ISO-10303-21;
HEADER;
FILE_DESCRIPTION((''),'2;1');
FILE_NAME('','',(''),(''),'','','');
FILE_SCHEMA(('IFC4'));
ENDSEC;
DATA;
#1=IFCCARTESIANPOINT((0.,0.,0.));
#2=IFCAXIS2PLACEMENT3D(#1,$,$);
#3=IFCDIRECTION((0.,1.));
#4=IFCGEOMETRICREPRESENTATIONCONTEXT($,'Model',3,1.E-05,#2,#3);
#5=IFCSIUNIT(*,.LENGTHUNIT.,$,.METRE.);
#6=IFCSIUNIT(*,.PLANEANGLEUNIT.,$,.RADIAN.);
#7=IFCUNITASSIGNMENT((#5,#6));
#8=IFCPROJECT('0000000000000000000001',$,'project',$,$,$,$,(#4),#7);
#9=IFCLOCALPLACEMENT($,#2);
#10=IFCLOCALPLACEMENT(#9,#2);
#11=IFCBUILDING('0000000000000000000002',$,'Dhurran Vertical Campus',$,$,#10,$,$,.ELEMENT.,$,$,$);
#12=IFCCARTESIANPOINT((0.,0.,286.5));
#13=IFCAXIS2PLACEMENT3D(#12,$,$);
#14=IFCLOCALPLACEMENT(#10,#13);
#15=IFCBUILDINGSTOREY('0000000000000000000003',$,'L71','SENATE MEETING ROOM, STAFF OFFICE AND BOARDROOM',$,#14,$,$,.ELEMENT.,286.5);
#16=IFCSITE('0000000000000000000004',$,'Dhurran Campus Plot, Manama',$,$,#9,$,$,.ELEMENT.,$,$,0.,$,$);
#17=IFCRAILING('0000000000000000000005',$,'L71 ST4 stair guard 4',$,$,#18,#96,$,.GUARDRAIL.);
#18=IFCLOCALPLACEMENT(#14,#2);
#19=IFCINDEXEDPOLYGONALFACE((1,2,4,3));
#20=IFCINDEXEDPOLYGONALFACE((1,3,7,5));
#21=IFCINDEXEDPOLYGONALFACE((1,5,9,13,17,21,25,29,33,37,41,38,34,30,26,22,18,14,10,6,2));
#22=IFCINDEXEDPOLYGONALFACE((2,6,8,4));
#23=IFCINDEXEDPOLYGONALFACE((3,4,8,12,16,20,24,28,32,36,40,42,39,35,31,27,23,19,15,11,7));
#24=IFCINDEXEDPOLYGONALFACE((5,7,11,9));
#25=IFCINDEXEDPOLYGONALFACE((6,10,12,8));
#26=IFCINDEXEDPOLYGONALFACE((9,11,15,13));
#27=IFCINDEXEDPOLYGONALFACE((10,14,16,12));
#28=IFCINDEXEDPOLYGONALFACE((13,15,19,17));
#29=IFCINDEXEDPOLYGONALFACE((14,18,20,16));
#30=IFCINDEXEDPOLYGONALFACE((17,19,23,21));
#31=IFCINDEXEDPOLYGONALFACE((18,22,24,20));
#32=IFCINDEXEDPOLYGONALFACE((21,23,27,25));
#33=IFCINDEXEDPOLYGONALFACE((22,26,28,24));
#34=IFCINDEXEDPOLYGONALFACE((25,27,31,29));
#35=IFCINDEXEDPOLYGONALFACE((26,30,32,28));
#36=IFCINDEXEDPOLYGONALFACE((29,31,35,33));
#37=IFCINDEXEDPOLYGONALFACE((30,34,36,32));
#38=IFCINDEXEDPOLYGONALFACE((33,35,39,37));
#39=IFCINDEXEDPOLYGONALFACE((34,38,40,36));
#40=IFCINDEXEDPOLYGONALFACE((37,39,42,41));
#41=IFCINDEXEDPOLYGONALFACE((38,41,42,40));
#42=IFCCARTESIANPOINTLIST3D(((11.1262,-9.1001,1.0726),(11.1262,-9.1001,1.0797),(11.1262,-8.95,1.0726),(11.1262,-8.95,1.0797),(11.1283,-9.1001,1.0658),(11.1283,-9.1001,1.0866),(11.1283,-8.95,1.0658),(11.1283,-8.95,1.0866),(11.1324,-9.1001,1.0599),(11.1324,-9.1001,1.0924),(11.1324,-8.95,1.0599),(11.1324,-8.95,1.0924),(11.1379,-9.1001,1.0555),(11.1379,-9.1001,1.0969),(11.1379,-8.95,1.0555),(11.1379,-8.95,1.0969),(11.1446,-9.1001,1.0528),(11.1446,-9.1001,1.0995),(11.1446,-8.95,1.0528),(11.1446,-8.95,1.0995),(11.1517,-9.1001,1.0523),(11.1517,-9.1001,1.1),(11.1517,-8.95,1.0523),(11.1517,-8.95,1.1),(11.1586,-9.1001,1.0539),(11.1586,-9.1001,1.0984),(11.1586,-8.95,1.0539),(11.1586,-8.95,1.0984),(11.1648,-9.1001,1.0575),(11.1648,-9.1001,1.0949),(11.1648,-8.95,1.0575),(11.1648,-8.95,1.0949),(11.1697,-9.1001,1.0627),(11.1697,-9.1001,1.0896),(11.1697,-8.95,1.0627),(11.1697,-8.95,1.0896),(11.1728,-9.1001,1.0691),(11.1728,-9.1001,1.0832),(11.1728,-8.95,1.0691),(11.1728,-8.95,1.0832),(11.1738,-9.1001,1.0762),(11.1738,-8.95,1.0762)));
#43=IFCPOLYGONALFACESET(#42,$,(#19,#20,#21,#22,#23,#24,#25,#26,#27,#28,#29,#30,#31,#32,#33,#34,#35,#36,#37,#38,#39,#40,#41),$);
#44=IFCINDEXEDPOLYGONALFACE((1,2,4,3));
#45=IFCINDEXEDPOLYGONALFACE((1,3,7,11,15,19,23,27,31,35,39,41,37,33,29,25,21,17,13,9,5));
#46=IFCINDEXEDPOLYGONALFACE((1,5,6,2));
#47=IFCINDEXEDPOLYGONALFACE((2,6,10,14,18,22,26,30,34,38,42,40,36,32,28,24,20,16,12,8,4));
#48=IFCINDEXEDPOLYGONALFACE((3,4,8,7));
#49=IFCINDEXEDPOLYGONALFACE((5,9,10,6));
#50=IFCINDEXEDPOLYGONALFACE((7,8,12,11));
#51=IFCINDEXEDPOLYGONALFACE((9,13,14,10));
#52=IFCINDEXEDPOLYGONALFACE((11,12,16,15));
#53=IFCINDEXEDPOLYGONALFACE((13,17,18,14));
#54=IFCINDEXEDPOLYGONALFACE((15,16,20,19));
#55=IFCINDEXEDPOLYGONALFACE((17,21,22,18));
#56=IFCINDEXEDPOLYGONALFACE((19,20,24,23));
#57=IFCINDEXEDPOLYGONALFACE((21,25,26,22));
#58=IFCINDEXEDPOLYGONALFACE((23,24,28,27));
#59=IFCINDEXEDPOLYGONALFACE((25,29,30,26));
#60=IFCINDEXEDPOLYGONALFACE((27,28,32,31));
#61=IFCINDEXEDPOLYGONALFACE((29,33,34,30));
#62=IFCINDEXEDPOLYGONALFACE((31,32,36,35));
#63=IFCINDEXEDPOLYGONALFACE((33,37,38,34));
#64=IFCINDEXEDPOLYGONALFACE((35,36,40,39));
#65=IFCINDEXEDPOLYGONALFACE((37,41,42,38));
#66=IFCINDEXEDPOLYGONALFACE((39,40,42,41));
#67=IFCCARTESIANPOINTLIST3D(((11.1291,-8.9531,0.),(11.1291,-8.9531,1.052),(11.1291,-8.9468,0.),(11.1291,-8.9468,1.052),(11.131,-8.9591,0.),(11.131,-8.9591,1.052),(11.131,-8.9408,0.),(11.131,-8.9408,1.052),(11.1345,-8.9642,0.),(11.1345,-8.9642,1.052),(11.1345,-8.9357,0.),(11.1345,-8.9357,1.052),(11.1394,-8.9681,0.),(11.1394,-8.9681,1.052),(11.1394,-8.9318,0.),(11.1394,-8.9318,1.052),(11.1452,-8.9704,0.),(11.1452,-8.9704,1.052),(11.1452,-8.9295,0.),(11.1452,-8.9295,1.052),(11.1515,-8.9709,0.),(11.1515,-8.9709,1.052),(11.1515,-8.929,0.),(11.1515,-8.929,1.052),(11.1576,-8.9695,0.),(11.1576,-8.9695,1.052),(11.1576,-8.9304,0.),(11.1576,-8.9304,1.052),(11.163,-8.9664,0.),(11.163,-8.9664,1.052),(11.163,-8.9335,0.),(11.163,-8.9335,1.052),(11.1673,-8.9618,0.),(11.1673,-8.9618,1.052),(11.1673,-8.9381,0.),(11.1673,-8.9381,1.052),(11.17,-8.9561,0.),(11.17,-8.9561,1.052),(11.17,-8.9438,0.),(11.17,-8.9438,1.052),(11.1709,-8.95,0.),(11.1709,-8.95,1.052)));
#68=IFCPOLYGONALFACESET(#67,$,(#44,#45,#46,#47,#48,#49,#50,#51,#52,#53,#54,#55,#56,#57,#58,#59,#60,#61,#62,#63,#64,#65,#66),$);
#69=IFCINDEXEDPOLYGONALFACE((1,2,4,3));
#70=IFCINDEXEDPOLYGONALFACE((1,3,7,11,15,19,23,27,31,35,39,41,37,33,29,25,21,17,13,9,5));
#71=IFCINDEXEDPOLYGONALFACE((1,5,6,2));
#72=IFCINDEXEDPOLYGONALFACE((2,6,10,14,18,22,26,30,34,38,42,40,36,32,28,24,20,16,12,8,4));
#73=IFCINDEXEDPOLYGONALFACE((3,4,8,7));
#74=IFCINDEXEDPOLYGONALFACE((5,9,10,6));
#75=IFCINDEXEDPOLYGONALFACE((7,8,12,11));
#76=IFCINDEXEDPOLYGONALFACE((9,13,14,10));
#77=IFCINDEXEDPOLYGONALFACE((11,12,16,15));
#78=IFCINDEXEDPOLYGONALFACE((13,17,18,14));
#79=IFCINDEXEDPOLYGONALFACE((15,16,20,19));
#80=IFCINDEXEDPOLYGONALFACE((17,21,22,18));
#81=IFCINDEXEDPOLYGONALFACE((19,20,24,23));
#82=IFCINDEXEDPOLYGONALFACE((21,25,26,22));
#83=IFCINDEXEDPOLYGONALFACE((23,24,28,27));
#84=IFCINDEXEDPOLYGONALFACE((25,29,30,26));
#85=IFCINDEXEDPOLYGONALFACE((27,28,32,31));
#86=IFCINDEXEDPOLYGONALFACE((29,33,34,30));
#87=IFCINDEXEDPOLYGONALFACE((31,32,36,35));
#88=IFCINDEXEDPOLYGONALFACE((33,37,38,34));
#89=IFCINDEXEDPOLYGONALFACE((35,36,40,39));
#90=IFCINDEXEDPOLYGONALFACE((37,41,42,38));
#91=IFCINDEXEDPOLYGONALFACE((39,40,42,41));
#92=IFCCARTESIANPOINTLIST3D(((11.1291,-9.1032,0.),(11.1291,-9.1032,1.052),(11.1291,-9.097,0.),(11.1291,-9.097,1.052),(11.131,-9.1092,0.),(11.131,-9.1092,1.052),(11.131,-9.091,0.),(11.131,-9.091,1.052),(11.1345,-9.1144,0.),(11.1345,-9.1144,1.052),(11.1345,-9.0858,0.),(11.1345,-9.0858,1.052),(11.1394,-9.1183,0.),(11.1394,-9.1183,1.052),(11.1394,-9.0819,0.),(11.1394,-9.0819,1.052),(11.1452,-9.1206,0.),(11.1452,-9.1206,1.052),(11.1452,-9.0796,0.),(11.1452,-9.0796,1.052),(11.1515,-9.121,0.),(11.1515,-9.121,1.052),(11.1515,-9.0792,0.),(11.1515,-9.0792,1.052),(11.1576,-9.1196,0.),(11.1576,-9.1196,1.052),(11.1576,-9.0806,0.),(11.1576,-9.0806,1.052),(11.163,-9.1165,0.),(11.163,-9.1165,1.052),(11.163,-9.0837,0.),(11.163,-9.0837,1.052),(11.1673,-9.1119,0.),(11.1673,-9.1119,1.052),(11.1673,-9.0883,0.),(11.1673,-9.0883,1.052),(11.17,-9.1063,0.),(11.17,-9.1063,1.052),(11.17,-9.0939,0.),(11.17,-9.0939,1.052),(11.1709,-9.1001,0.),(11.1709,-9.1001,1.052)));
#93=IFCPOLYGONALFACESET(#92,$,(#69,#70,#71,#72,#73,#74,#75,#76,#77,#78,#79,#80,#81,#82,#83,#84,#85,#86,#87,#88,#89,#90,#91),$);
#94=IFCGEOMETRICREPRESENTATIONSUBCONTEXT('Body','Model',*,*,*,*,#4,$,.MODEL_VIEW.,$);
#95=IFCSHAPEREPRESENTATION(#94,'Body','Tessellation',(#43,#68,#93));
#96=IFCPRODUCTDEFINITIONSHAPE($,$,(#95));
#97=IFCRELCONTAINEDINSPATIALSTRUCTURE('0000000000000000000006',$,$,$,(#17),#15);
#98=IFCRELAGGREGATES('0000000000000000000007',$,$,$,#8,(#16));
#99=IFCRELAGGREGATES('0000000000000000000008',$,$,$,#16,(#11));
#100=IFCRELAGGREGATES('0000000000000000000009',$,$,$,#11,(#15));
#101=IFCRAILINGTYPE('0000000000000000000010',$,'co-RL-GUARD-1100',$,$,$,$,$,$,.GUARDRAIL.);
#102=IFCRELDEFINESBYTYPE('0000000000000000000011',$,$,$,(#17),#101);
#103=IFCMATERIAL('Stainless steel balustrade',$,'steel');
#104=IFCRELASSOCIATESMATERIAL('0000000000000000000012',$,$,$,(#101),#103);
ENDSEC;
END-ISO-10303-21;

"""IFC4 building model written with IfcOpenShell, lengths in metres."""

from ifc_helpers import new_model, si_unit, direction, frame, origin, origin_2d, place, context, subcontext, project, spatial, circle, extrude, material, type_object, element, save


model = new_model("IFC4")

# Units and contexts
model_context = context("Model", 3, precision=1e-05, world=origin(), true_north=direction((0.0, 1.0)))
body_context = subcontext(model_context, "Body", "Model", "MODEL_VIEW")
ifc_project = project(units=[si_unit("LENGTHUNIT", "METRE"), si_unit("PLANEANGLEUNIT", "RADIAN")], contexts=[model_context])

# Site, building, storey
site_placement = place(None, origin())
site = spatial("IfcSite", under=ifc_project, at=site_placement, Name="Dhurran Campus Plot, Manama", CompositionType="ELEMENT", RefElevation=0.0)
building_placement = place(site_placement, origin())
building = spatial("IfcBuilding", under=site, at=building_placement, Name="Dhurran Vertical Campus", CompositionType="ELEMENT")
storey_placement = place(building_placement, frame((0.0, 0.0, 286.5)))
storey = spatial("IfcBuildingStorey", under=building, at=storey_placement, Name="L71", Description="SENATE MEETING ROOM, STAFF OFFICE AND BOARDROOM", CompositionType="ELEMENT", Elevation=286.5)

# Railing
ifc_material_1 = material(Name="Stainless steel balustrade", Category="steel")
railing_type_1 = type_object("IfcRailingType", Name="co-RL-GUARD-1100", PredefinedType="GUARDRAIL", material=ifc_material_1)
railing_1_placement = place(storey_placement, frame((11.1499, -8.95, 0.0)))
element("IfcRailing", 1, at=railing_1_placement, inside=storey, type_object=railing_type_1, Name="L71 ST4 stair guard 4", PredefinedType="GUARDRAIL", context=body_context, shape_type="SweptSolid", body=[
    extrude(circle(Radius=0.0239, at=origin_2d()), frame((0.0, 0.0, 1.0762), z_axis=(0.0, -1.0, 0.0), x_axis=(1.0, 0.0, 0.0)), (0.0, 0.0, 1.0), 0.1501),
    extrude(circle(Radius=0.021, at=origin_2d()), origin(), (0.0, 0.0, 1.0), 1.052),
    extrude(circle(Radius=0.021, at=origin_2d()), frame((0.0, -0.1501, 0.0)), (0.0, 0.0, 1.0), 1.052),
])

save(model, "model.ifc")
